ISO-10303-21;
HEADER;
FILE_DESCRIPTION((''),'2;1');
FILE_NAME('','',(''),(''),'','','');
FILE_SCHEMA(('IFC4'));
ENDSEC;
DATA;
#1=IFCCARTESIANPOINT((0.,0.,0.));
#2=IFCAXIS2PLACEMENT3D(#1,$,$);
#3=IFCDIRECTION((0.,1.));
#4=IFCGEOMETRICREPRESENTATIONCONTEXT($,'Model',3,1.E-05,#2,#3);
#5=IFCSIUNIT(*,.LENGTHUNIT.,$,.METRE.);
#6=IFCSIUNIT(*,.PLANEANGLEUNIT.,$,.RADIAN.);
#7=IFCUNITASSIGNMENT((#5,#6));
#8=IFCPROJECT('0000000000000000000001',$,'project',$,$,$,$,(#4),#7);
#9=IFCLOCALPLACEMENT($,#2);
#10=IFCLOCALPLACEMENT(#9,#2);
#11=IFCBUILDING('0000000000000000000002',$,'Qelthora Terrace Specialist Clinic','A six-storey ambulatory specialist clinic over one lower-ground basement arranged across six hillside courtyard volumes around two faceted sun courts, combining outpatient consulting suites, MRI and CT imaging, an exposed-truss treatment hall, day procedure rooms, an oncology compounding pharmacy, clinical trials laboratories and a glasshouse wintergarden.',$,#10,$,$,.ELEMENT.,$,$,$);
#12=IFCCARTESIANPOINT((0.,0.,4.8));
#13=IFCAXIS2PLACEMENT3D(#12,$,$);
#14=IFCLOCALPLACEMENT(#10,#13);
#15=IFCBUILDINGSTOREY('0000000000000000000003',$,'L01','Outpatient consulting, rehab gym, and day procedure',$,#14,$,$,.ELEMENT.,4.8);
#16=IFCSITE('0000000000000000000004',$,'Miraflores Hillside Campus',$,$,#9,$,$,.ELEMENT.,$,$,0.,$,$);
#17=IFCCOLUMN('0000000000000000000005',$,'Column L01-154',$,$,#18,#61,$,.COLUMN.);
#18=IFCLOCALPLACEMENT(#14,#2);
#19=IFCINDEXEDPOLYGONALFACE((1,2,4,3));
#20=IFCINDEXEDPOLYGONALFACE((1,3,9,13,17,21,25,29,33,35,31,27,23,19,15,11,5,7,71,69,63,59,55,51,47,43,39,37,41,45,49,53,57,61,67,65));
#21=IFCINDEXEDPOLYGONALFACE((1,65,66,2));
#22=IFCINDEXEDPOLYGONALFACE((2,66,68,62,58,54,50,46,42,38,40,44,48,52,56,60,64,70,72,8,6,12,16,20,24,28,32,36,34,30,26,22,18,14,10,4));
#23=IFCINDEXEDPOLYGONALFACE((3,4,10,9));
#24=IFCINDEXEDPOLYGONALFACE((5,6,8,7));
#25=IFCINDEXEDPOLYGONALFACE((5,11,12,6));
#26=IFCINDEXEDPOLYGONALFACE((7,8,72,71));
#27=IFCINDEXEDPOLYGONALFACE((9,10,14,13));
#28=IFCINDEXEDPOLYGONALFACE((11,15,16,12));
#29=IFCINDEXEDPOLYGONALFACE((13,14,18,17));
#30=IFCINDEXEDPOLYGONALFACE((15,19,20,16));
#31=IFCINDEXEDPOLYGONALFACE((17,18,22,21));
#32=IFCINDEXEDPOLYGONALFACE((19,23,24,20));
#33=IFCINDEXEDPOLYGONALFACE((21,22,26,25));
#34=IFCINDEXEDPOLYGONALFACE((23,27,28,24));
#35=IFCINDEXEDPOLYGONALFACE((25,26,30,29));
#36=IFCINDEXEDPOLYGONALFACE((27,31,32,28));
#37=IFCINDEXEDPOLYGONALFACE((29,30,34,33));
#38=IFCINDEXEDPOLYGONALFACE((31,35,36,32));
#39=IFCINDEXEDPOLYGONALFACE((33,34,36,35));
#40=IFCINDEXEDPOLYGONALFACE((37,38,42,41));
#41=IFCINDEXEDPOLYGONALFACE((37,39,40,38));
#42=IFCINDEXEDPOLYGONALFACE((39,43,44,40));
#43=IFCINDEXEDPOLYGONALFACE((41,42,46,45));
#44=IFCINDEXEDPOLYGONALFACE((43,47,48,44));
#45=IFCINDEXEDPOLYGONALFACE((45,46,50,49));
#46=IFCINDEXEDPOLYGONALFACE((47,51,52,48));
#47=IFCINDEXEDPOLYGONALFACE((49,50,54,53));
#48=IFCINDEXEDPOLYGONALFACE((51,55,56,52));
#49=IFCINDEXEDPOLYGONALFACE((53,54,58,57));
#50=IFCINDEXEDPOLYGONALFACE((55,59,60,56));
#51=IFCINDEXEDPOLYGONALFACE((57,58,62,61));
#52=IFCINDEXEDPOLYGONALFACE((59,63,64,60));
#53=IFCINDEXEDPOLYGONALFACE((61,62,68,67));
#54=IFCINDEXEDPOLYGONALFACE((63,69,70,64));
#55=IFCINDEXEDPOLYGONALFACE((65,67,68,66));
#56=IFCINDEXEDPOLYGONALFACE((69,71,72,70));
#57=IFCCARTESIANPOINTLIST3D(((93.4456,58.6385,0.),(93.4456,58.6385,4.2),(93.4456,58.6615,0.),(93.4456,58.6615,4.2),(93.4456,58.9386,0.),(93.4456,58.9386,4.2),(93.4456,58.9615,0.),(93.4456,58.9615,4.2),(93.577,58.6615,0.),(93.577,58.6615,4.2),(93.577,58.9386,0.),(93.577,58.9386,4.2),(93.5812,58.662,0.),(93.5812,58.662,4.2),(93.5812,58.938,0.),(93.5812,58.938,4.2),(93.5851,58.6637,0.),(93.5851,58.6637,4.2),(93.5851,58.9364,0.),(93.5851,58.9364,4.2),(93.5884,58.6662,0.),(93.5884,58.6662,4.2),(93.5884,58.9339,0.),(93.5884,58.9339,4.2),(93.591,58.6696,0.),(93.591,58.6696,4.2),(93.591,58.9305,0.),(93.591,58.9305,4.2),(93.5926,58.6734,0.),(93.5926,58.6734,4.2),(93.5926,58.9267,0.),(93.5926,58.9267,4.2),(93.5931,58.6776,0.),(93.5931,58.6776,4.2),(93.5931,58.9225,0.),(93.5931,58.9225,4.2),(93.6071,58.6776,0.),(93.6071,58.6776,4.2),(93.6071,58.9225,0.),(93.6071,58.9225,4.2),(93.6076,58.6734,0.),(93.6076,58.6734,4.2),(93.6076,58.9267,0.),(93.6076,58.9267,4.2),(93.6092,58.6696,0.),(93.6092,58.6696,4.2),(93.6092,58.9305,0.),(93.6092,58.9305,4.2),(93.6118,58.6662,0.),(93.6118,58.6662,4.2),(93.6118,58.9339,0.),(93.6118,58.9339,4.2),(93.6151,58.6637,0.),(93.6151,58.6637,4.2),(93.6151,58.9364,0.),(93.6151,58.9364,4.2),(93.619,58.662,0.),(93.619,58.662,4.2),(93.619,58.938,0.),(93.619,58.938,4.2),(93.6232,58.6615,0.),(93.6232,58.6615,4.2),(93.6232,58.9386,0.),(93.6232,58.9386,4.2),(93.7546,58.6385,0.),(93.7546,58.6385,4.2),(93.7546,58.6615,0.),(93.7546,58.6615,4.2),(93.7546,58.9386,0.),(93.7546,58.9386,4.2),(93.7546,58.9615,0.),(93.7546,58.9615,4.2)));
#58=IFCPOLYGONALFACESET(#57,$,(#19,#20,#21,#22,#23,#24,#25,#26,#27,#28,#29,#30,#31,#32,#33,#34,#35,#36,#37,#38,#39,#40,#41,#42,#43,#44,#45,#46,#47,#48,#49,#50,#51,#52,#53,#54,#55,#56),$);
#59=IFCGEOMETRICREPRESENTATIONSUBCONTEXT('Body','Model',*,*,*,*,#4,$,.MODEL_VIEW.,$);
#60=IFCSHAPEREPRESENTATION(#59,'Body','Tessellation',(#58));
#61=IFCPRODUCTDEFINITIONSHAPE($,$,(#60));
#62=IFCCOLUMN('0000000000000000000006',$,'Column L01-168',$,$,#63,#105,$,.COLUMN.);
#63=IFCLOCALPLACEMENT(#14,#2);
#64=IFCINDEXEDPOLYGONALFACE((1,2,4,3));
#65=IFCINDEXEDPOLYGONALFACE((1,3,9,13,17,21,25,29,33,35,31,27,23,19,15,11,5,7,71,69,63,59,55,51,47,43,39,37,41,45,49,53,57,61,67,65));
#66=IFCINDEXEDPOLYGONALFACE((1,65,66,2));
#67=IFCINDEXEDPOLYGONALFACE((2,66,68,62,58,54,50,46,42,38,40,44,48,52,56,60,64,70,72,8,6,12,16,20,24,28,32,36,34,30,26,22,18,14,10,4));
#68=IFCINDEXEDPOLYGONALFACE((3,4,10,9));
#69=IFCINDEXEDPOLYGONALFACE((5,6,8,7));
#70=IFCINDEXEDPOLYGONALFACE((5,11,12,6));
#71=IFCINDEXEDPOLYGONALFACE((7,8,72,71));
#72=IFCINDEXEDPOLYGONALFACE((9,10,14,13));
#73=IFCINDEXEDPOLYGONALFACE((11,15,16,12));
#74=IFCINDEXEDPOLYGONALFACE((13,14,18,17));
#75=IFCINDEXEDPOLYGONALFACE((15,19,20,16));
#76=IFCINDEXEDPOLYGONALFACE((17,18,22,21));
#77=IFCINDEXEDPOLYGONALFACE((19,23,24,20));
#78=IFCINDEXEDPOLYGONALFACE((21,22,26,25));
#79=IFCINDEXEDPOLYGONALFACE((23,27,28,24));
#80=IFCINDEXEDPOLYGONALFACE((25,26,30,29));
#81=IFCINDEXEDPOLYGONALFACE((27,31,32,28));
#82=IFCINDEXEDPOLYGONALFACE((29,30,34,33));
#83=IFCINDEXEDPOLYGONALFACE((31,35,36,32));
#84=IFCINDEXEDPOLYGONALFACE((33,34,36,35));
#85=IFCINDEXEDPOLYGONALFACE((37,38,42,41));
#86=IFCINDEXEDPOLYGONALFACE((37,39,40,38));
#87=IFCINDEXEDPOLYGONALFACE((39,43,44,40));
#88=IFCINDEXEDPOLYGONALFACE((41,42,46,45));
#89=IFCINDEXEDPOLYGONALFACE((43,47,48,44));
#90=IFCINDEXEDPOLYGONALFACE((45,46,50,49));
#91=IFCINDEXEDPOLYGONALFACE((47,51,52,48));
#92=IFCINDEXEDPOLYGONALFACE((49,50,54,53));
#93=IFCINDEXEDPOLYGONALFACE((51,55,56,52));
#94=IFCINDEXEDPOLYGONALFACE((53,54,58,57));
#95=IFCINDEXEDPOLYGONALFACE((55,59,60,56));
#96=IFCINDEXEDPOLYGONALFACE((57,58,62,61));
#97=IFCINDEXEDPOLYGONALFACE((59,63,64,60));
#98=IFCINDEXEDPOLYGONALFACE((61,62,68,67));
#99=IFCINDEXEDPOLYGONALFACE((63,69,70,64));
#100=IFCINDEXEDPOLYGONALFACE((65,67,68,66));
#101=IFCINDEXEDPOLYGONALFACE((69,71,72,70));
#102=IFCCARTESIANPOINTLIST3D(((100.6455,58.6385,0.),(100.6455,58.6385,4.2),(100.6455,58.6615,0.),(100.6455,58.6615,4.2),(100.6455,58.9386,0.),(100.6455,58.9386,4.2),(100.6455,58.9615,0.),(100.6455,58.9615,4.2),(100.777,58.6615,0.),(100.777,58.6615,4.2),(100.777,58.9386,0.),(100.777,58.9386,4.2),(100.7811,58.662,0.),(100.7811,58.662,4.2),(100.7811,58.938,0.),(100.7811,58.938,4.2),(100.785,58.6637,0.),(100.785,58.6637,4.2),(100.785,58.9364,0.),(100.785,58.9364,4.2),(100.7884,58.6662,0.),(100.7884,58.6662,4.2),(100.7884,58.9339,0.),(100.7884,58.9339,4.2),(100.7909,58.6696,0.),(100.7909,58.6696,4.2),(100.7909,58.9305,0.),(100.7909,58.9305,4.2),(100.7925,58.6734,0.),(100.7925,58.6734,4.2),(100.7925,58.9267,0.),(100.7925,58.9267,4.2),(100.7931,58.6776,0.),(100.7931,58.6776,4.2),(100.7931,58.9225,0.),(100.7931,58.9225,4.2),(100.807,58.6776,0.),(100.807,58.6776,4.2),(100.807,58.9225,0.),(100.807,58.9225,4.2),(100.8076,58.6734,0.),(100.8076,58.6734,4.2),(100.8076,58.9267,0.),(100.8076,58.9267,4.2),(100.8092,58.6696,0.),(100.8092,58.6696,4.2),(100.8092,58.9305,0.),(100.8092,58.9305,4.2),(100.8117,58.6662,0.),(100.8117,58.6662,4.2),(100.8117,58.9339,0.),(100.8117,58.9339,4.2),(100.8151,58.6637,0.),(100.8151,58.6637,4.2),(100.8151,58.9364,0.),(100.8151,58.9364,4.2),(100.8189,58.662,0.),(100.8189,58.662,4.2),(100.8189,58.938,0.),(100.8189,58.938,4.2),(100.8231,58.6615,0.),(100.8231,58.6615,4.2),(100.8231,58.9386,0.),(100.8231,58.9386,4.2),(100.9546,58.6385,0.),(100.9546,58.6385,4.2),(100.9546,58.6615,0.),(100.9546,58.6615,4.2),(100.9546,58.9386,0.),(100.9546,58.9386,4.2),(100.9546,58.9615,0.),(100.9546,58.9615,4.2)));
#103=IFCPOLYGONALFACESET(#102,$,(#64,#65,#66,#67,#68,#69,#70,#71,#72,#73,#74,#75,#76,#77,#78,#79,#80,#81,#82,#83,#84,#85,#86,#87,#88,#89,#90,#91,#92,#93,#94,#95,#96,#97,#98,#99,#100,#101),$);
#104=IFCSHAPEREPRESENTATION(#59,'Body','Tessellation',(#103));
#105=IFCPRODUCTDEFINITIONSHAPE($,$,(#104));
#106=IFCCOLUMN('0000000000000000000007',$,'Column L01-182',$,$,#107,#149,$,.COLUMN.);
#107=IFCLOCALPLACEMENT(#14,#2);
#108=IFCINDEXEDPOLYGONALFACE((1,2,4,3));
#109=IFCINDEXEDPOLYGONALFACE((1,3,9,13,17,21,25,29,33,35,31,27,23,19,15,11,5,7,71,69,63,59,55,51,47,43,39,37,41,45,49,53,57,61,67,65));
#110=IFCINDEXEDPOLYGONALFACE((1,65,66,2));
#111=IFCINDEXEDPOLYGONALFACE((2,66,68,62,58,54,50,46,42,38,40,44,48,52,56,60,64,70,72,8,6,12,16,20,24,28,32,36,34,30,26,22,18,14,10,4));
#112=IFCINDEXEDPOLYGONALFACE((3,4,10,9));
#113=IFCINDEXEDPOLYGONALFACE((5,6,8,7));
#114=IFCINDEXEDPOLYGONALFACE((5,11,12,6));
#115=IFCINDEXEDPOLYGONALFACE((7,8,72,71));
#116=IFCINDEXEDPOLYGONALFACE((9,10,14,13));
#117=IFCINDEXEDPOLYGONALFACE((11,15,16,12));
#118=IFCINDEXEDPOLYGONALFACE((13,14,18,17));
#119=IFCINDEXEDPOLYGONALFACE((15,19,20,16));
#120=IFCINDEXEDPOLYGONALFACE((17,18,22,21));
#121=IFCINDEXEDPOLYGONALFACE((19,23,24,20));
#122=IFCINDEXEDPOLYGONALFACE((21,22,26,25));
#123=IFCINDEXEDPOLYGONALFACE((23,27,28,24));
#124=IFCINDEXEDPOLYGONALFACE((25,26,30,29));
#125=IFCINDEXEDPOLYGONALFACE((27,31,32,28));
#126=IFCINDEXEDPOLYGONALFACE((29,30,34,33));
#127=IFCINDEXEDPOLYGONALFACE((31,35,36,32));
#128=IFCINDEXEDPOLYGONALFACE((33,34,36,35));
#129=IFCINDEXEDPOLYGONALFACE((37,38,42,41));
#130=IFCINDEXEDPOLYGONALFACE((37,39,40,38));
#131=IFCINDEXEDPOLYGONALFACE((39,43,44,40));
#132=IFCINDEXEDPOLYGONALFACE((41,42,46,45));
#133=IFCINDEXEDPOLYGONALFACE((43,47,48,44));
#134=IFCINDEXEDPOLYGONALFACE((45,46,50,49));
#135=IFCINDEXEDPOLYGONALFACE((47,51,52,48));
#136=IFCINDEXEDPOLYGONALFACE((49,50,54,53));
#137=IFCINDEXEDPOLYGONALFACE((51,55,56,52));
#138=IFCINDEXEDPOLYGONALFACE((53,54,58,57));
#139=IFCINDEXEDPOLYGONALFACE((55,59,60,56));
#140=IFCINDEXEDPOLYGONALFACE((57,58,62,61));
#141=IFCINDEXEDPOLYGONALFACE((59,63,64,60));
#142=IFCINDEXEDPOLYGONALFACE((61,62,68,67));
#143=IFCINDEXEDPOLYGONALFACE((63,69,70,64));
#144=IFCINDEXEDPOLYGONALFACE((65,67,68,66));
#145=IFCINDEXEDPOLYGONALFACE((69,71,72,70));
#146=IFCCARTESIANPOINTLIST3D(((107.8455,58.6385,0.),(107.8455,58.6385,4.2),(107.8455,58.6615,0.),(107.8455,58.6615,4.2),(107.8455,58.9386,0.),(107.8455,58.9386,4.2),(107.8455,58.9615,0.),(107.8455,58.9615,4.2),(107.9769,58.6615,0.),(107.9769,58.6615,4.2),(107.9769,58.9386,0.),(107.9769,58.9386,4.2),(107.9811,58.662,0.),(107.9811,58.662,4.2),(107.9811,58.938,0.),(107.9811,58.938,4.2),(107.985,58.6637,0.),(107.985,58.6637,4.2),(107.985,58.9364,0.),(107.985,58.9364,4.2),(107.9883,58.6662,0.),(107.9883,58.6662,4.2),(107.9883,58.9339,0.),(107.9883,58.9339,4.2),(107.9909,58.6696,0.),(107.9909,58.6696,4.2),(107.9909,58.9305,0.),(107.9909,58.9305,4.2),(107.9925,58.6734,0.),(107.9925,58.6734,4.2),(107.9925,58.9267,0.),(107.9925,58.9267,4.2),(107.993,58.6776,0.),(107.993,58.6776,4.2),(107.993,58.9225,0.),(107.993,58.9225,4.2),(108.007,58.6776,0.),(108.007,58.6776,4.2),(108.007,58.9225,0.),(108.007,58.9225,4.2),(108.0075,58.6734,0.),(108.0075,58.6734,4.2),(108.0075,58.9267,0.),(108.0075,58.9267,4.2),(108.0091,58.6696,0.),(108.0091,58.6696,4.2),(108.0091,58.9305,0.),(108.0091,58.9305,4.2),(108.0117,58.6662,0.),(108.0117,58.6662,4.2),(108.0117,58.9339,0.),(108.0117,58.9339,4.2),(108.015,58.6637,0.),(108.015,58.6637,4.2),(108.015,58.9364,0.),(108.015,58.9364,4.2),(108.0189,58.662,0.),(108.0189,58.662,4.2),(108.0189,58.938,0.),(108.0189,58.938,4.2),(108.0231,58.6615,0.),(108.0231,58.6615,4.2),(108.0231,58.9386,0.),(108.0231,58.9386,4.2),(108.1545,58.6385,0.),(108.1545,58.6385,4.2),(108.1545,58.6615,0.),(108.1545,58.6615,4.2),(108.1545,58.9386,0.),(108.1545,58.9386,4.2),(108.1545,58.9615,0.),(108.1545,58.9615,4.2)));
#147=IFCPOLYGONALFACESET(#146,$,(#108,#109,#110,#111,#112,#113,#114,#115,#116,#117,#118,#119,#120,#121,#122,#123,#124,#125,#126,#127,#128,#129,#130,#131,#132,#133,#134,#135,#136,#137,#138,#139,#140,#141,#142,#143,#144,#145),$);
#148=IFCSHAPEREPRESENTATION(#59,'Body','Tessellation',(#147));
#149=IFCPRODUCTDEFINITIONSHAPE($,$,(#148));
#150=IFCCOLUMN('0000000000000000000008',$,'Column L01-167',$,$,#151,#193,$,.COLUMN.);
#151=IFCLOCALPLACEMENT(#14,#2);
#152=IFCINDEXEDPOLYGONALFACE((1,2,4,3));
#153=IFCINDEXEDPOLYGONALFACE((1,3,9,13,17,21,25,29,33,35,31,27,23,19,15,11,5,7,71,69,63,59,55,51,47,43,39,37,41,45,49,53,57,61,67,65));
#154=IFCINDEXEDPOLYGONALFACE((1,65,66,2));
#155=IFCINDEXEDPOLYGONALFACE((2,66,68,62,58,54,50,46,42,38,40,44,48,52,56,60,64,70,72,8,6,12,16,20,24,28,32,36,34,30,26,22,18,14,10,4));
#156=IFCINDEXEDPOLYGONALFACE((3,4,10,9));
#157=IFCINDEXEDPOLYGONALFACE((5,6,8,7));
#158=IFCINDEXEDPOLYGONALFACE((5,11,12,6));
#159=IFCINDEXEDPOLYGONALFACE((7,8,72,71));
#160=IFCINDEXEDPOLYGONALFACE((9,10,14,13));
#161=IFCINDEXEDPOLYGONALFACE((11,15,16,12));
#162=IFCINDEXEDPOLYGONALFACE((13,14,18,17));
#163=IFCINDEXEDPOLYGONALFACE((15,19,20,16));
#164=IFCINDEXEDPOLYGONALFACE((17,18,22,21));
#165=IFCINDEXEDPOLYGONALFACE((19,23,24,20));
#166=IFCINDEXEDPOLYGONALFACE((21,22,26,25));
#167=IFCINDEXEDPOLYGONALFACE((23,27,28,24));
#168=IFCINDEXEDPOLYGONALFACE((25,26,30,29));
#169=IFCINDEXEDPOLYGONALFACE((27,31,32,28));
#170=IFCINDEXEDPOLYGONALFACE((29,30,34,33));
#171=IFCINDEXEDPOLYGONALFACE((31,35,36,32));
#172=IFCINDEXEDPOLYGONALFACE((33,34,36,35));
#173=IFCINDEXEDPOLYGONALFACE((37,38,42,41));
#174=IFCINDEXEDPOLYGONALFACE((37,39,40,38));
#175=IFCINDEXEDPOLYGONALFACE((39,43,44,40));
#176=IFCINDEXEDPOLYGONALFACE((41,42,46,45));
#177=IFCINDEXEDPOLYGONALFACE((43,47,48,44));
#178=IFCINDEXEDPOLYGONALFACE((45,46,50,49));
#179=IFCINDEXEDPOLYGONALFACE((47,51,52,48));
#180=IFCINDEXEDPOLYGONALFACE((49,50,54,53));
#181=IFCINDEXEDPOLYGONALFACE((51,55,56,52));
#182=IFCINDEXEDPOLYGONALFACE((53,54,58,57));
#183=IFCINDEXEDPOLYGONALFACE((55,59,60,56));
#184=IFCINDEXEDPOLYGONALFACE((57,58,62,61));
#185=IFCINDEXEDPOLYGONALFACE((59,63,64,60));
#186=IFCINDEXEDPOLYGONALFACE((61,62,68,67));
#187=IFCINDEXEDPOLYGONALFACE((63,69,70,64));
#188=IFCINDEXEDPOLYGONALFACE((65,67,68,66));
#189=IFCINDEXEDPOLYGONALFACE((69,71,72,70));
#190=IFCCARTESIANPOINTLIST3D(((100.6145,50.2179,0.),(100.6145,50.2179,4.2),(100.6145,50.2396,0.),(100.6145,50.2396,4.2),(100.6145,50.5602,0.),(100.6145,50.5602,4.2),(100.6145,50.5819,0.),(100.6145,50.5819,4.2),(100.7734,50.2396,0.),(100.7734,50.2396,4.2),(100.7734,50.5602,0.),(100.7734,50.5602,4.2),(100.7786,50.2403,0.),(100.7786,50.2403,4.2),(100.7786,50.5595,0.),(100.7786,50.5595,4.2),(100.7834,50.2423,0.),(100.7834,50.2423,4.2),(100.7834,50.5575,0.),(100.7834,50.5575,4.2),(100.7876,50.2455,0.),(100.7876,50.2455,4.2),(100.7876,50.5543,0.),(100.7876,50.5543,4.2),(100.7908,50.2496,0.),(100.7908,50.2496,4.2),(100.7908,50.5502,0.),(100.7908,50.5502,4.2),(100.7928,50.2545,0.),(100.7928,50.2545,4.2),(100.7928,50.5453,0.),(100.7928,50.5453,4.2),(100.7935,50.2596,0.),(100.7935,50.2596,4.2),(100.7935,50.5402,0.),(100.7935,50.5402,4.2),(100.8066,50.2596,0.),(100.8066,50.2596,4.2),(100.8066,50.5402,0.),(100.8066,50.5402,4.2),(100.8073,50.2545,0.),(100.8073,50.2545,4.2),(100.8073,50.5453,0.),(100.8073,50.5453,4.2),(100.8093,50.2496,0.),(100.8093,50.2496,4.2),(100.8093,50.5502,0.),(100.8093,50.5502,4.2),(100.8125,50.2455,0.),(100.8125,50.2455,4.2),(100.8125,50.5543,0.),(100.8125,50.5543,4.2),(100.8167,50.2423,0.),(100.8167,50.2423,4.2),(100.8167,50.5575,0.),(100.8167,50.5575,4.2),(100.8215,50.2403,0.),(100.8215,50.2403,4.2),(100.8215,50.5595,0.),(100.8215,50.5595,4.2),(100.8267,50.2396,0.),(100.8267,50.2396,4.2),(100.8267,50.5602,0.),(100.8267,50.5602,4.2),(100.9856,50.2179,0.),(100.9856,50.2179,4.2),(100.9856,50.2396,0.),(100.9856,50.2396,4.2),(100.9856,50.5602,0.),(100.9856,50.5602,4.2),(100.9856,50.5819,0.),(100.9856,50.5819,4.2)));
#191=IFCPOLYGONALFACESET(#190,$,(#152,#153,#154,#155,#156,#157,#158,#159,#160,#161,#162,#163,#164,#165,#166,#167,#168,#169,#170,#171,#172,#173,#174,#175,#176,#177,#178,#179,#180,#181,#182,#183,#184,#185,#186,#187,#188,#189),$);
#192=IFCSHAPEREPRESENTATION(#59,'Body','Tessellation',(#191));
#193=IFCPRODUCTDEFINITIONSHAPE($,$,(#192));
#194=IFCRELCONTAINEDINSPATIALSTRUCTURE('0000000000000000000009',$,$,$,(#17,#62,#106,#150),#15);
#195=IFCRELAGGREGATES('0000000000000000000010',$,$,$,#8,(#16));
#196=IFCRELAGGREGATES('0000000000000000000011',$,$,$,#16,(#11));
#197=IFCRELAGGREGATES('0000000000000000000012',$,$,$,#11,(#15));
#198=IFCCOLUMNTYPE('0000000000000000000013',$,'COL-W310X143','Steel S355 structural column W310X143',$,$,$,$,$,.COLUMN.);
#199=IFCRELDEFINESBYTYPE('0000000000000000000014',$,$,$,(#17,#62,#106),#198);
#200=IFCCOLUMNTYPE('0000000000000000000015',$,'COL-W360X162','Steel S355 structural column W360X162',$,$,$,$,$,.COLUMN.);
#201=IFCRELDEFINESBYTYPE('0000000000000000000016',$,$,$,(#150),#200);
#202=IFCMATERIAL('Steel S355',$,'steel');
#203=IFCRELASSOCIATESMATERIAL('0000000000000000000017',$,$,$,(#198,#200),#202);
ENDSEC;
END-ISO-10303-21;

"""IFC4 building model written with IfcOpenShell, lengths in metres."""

from ifc_helpers import new_model, si_unit, direction, frame, origin, origin_2d, place, context, subcontext, project, spatial, i_section, extrude, material, material_profile, profile_set, type_object, element, save


model = new_model("IFC4")

# Units and contexts
model_context = context("Model", 3, precision=1e-05, world=origin(), true_north=direction((0.0, 1.0)))
body_context = subcontext(model_context, "Body", "Model", "MODEL_VIEW")
ifc_project = project(units=[si_unit("LENGTHUNIT", "METRE"), si_unit("PLANEANGLEUNIT", "RADIAN")], contexts=[model_context])

# Site, building, storey
site_placement = place(None, origin())
site = spatial("IfcSite", under=ifc_project, at=site_placement, Name="Miraflores Hillside Campus", CompositionType="ELEMENT", RefElevation=0.0)
building_placement = place(site_placement, origin())
building = spatial("IfcBuilding", under=site, at=building_placement, Name="Qelthora Terrace Specialist Clinic", Description="A six-storey ambulatory specialist clinic over one lower-ground basement arranged across six hillside courtyard volumes around two faceted sun courts, combining outpatient consulting suites, MRI and CT imaging, an exposed-truss treatment hall, day procedure rooms, an oncology compounding pharmacy, clinical trials laboratories and a glasshouse wintergarden.", CompositionType="ELEMENT")
storey_placement = place(building_placement, frame((0.0, 0.0, 4.8)))
storey = spatial("IfcBuildingStorey", under=building, at=storey_placement, Name="L01", Description="Outpatient consulting, rehab gym, and day procedure", CompositionType="ELEMENT", Elevation=4.8)

# Columns
ifc_material_1 = material(Name="Steel S355", Category="steel")
ifc_material_profile_1 = material_profile(ifc_material_1, i_section(OverallWidth=0.3091, OverallDepth=0.323, WebThickness=0.0139, FlangeThickness=0.0229, FilletRadius=0.0161, at=origin_2d()), Name="W310X143")
ifc_profile_set_1 = profile_set([ifc_material_profile_1], Name="Steel S355")
column_type_1 = type_object("IfcColumnType", Name="COL-W310X143", Description="Steel S355 structural column W310X143", PredefinedType="COLUMN", material=ifc_profile_set_1)
for number, where, z_axis, x_axis, name in (
    (1, (93.6001, 58.8, 0.0), (0.0, 0.0, 1.0), (1.0, 0.0, 0.0), "Column L01-154"),
    (2, (100.8, 58.8, 0.0), (0.0, 0.0, 1.0), (1.0, 0.0, 0.0), "Column L01-168"),
    (3, (108.0, 58.8, 0.0), (0.0, 0.0, 1.0), (1.0, 0.0, 0.0), "Column L01-182"),
):
    element("IfcColumn", number, at=place(storey_placement, frame(where, z_axis=z_axis, x_axis=x_axis)), inside=storey, type_object=column_type_1, Name=name, PredefinedType="COLUMN", context=body_context, shape_type="SweptSolid", body=[
        extrude(i_section(OverallWidth=0.3091, OverallDepth=0.323, WebThickness=0.0139, FlangeThickness=0.0229, FilletRadius=0.0161, at=origin_2d()), origin(), (0.0, 0.0, 1.0), 4.2),
    ])
ifc_material_profile_2 = material_profile(ifc_material_1, i_section(OverallWidth=0.3711, OverallDepth=0.364, WebThickness=0.0132, FlangeThickness=0.0217, FilletRadius=0.02, at=origin_2d()), Name="W360X162")
ifc_profile_set_2 = profile_set([ifc_material_profile_2], Name="Steel S355")
column_type_2 = type_object("IfcColumnType", Name="COL-W360X162", Description="Steel S355 structural column W360X162", PredefinedType="COLUMN", material=ifc_profile_set_2)
column_1_placement = place(storey_placement, frame((100.8, 50.3999, 0.0), z_axis=(0.0, 0.0, 1.0), x_axis=(1.0, 0.0, 0.0)))
element("IfcColumn", 4, at=column_1_placement, inside=storey, type_object=column_type_2, Name="Column L01-167", PredefinedType="COLUMN", context=body_context, shape_type="SweptSolid", body=[
    extrude(i_section(OverallWidth=0.3711, OverallDepth=0.364, WebThickness=0.0132, FlangeThickness=0.0217, FilletRadius=0.02, at=origin_2d()), origin(), (0.0, 0.0, 1.0), 4.2),
])

save(model, "model.ifc")
